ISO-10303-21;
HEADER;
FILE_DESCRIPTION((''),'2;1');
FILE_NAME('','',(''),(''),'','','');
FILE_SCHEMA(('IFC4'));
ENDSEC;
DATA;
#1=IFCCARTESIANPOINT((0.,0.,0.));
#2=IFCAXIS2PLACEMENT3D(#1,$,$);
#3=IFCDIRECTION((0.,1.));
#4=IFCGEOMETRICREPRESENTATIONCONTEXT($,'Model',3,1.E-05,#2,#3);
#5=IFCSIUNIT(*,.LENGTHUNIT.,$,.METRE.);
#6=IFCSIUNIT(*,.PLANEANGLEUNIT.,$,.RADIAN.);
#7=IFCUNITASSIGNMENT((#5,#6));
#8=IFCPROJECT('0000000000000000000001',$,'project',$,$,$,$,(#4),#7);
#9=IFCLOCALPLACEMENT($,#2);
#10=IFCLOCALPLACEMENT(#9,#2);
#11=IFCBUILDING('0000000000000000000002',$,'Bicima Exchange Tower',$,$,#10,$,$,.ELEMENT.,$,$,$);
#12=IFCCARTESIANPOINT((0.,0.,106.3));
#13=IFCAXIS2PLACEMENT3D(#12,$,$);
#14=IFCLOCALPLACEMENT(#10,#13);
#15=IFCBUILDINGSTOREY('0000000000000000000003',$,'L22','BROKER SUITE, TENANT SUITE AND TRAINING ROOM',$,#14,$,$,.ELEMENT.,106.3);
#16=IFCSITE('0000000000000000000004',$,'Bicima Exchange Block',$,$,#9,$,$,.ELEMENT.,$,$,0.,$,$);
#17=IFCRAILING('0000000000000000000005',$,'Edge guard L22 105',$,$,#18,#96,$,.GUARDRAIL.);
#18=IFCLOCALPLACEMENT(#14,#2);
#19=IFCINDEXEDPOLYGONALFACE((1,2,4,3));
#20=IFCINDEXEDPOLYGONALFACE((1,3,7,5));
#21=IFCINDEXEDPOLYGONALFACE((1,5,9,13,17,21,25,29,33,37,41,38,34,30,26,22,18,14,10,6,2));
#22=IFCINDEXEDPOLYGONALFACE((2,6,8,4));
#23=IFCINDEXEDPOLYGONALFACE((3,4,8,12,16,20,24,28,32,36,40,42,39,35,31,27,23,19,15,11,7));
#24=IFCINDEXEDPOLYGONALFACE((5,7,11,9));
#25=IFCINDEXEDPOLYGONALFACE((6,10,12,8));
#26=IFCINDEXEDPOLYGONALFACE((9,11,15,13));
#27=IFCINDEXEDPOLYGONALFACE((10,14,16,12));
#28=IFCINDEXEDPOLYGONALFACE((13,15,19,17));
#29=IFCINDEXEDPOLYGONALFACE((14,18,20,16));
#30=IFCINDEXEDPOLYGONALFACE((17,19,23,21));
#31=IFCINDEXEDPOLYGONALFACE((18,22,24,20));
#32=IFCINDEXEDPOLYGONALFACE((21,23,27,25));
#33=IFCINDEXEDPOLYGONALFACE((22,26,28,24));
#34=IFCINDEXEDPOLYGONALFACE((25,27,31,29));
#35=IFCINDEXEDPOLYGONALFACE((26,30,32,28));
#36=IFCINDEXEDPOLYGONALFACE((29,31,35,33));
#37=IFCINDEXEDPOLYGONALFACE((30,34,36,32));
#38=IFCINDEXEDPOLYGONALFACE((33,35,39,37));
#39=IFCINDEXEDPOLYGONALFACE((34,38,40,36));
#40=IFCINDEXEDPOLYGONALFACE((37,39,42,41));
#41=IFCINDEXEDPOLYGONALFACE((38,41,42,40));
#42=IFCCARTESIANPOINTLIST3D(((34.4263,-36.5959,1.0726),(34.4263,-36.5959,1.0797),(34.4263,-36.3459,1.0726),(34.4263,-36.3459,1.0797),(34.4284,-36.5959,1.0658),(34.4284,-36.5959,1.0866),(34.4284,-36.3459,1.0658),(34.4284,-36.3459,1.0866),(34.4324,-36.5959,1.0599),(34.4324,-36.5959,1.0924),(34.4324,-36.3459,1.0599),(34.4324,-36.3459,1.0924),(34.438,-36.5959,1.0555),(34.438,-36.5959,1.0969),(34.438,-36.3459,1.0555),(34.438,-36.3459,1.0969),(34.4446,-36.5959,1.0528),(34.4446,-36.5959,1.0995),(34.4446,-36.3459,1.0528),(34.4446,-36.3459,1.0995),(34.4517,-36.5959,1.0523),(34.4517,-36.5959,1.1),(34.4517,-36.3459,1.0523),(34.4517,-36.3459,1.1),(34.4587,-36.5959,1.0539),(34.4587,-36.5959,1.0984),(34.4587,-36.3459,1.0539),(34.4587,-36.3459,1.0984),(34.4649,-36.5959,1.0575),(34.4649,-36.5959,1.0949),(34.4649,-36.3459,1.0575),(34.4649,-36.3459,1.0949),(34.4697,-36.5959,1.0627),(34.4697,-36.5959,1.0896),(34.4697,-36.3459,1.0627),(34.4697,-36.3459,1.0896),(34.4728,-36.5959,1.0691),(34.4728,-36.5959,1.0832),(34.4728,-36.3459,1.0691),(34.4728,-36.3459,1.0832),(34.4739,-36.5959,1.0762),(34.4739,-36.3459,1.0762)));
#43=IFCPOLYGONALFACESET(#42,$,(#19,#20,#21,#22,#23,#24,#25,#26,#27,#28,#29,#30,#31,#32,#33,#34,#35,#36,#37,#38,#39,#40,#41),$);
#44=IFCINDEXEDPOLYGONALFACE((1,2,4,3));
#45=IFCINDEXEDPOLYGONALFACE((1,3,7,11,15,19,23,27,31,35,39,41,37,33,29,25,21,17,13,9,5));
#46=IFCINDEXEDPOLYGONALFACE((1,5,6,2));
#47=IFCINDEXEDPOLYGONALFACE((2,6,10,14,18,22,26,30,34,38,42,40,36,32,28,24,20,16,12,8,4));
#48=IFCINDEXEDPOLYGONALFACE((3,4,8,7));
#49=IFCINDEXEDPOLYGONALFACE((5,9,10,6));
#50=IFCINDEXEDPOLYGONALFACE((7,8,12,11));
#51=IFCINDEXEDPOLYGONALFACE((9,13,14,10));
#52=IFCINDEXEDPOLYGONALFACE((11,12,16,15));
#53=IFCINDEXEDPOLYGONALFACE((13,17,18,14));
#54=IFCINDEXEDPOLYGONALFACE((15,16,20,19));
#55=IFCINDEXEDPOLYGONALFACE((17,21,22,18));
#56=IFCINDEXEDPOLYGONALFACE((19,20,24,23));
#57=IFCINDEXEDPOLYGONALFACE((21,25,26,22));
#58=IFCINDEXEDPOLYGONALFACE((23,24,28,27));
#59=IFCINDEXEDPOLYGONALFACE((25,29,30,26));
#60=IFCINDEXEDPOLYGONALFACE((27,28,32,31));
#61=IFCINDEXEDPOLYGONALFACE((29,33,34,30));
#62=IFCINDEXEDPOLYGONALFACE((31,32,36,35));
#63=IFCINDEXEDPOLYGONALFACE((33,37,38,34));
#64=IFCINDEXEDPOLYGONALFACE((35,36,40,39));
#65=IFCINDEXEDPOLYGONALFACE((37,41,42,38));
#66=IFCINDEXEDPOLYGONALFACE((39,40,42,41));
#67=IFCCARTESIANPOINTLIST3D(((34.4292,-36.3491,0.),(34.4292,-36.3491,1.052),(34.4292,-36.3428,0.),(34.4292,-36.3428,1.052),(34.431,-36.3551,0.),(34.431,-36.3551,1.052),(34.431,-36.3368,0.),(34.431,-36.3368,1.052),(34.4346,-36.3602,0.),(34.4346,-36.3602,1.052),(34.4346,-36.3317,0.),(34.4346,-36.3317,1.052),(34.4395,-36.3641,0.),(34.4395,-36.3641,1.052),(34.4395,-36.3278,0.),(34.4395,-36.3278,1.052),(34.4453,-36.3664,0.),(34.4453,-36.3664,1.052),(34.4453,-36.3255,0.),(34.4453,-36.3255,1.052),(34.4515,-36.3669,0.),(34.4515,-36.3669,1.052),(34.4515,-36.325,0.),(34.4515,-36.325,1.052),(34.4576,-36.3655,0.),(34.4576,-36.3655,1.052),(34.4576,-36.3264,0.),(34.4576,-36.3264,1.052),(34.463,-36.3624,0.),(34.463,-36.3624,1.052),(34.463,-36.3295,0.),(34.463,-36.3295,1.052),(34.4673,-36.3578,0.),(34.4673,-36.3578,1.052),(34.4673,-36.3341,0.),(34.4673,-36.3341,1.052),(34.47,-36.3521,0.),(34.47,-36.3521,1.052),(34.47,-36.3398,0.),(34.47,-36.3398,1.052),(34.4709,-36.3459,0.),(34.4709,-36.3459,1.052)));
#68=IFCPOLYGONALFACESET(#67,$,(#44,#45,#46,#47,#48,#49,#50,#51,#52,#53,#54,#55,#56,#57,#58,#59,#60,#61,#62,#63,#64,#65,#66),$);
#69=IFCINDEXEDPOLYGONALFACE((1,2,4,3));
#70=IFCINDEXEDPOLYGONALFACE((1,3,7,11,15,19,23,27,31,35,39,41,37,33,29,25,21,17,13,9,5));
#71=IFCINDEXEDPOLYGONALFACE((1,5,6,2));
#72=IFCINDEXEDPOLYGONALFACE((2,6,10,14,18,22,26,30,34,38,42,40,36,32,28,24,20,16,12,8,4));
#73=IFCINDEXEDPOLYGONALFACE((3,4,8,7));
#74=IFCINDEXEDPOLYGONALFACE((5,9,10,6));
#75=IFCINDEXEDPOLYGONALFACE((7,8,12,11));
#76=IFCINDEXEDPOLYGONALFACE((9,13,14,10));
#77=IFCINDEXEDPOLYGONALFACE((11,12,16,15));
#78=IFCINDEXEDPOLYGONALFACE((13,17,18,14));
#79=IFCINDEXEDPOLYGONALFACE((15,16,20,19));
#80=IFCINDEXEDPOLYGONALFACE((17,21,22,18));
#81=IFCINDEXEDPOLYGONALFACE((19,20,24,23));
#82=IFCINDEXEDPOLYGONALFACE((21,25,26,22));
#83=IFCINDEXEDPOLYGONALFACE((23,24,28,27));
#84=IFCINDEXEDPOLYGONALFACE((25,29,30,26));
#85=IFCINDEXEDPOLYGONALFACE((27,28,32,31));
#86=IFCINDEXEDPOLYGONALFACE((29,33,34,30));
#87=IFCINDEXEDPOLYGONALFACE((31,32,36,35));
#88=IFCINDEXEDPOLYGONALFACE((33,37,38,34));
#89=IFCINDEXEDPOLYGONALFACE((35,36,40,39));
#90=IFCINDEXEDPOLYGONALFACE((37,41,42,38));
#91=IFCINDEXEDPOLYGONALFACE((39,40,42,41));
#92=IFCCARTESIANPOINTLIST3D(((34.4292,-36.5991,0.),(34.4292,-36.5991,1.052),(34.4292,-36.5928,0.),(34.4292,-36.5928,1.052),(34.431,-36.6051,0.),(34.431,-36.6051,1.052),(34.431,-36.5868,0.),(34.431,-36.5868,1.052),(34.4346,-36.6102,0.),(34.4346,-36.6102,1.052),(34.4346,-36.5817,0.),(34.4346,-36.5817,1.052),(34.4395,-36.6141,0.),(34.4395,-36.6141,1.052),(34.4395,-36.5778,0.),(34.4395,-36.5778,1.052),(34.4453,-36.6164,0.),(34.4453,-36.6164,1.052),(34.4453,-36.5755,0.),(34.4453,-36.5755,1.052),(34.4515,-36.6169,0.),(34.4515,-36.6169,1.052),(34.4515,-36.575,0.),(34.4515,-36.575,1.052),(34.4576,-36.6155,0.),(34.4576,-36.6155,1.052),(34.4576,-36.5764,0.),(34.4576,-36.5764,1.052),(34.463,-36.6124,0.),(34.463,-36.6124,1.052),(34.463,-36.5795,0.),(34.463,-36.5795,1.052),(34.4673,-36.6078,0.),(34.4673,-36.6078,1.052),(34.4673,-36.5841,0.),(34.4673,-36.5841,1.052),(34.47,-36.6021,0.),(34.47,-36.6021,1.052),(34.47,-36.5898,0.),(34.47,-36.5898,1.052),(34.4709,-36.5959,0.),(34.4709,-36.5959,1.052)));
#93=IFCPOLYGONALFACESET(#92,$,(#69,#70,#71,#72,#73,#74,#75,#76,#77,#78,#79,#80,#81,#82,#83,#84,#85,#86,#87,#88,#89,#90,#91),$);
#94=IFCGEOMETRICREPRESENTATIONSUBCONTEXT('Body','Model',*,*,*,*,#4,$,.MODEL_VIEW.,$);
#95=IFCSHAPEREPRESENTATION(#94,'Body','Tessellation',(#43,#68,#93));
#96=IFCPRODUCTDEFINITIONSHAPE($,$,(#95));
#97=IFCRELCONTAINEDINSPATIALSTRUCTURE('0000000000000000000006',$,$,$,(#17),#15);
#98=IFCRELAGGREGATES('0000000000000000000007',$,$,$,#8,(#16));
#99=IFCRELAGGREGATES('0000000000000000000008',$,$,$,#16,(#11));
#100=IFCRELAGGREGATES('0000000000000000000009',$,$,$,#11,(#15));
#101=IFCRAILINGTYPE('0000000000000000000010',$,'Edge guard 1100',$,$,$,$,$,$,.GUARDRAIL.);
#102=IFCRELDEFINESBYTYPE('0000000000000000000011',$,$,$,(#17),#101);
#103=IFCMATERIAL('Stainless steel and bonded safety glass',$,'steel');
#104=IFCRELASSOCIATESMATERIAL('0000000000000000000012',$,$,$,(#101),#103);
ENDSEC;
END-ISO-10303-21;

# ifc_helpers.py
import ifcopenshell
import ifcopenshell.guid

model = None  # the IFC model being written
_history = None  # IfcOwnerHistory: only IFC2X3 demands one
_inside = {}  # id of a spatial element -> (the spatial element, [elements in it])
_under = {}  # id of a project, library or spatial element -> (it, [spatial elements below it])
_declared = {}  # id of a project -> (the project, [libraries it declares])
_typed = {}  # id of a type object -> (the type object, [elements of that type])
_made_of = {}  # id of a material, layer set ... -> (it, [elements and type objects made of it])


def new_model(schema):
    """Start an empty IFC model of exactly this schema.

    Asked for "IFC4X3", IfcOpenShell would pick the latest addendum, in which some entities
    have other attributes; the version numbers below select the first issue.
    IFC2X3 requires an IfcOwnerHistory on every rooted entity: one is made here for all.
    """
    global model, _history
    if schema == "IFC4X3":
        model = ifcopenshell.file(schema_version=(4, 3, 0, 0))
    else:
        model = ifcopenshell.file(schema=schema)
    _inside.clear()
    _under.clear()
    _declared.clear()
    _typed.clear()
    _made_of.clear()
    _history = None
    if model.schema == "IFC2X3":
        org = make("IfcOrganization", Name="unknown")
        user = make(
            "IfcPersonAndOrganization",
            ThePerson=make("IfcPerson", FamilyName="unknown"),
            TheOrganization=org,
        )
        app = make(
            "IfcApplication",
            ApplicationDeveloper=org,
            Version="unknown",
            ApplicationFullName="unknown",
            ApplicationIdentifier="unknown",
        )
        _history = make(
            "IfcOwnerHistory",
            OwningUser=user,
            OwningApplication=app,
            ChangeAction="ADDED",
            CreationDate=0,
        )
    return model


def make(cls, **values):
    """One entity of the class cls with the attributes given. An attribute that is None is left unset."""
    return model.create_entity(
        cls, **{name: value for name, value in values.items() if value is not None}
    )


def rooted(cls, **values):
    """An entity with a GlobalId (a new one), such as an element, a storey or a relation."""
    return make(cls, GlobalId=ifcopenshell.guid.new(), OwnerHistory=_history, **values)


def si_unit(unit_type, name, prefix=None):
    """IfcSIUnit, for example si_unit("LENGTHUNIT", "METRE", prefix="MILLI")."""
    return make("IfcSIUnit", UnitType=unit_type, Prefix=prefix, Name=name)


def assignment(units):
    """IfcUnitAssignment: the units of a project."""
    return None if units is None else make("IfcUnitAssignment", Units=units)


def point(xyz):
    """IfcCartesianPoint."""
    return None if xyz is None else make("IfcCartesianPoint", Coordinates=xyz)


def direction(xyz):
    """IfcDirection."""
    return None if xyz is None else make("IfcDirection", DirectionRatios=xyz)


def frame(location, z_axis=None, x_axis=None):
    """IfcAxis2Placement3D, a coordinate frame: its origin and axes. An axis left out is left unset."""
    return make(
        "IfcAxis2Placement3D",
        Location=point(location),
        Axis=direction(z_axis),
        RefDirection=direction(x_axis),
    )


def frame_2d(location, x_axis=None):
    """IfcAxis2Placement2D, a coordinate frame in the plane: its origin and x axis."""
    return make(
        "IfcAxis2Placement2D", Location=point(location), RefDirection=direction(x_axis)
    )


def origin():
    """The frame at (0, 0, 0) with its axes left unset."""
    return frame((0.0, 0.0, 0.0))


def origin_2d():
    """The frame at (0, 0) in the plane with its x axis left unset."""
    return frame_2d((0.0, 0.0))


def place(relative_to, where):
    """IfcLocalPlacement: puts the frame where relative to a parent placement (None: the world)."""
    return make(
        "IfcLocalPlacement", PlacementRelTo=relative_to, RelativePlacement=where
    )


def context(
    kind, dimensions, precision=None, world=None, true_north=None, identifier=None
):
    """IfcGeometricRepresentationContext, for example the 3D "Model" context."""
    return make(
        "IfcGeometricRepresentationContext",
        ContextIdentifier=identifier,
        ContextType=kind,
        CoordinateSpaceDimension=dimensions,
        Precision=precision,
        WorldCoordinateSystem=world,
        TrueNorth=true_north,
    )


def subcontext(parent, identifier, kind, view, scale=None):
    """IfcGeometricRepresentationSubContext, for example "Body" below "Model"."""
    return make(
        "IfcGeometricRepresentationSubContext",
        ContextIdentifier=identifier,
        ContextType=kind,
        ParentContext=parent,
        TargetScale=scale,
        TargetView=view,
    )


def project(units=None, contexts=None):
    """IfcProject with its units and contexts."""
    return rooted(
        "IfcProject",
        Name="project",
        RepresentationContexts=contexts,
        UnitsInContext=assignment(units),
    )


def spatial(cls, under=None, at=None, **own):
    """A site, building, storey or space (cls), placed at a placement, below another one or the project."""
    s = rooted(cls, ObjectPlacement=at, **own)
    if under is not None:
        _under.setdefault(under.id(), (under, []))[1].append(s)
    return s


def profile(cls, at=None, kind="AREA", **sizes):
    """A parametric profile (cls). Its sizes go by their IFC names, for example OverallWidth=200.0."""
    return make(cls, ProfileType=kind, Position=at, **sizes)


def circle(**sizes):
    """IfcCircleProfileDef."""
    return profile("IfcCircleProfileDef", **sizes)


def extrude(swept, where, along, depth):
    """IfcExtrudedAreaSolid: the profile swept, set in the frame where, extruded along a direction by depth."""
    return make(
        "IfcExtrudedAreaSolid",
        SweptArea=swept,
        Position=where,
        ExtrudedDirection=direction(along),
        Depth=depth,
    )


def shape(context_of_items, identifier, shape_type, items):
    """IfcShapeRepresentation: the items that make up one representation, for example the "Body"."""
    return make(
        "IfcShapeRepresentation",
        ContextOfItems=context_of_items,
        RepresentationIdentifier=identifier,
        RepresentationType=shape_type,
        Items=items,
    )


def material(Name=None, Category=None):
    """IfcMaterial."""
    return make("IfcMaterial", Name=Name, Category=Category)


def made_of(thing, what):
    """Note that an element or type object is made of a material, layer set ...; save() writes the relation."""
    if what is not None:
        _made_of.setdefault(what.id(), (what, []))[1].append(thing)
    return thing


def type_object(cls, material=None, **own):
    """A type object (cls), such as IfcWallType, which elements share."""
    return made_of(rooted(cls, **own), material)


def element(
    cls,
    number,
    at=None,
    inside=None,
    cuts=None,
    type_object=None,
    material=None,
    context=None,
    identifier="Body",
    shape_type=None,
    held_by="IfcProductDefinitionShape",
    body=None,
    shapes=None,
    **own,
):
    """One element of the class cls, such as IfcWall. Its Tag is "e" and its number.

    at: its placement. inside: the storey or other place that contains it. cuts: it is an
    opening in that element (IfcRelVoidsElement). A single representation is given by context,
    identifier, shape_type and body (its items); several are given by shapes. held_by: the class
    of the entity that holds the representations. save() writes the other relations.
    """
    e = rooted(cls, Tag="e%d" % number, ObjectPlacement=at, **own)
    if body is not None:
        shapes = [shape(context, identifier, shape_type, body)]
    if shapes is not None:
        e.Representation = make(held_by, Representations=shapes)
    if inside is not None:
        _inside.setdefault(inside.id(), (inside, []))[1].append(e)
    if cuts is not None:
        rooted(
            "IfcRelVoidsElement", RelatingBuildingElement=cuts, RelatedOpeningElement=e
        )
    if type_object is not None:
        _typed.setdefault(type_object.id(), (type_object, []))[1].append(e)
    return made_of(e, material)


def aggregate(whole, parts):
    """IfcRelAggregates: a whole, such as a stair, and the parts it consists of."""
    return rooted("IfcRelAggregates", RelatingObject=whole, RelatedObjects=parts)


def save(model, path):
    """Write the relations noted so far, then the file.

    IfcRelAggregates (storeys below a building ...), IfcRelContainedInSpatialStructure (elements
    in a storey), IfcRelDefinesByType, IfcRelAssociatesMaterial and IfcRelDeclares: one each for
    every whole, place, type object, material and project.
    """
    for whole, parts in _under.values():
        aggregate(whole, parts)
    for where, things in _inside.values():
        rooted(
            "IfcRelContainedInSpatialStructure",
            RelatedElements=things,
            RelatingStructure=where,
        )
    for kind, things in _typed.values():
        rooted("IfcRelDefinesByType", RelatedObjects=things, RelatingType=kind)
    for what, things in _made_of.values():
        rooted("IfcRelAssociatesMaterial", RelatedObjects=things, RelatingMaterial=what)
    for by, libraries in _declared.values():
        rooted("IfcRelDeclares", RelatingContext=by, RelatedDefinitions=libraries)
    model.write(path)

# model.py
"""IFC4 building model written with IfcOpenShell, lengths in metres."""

from ifc_helpers import new_model, si_unit, direction, frame, origin, origin_2d, place, context, subcontext, project, spatial, circle, extrude, material, type_object, element, save


model = new_model("IFC4")

# Units and contexts
model_context = context("Model", 3, precision=1e-05, world=origin(), true_north=direction((0.0, 1.0)))
body_context = subcontext(model_context, "Body", "Model", "MODEL_VIEW")
ifc_project = project(units=[si_unit("LENGTHUNIT", "METRE"), si_unit("PLANEANGLEUNIT", "RADIAN")], contexts=[model_context])

# Site, building, storey
site_placement = place(None, origin())
site = spatial("IfcSite", under=ifc_project, at=site_placement, Name="Bicima Exchange Block", CompositionType="ELEMENT", RefElevation=0.0)
building_placement = place(site_placement, origin())
building = spatial("IfcBuilding", under=site, at=building_placement, Name="Bicima Exchange Tower", CompositionType="ELEMENT")
storey_placement = place(building_placement, frame((0.0, 0.0, 106.3)))
storey = spatial("IfcBuildingStorey", under=building, at=storey_placement, Name="L22", Description="BROKER SUITE, TENANT SUITE AND TRAINING ROOM", CompositionType="ELEMENT", Elevation=106.3)

# Railing
ifc_material_1 = material(Name="Stainless steel and bonded safety glass", Category="steel")
railing_type = type_object("IfcRailingType", Name="Edge guard 1100", PredefinedType="GUARDRAIL", material=ifc_material_1)
railing_1_placement = place(storey_placement, frame((34.45, -36.3459, 0.0)))
element("IfcRailing", 1, at=railing_1_placement, inside=storey, type_object=railing_type, Name="Edge guard L22 105", PredefinedType="GUARDRAIL", context=body_context, shape_type="SweptSolid", body=[
    extrude(circle(Radius=0.0239, at=origin_2d()), frame((0.0, 0.0, 1.0762), z_axis=(0.0, -1.0, 0.0), x_axis=(1.0, 0.0, 0.0)), (0.0, 0.0, 1.0), 0.25),
    extrude(circle(Radius=0.021, at=origin_2d()), origin(), (0.0, 0.0, 1.0), 1.052),
    extrude(circle(Radius=0.021, at=origin_2d()), frame((0.0, -0.25, 0.0)), (0.0, 0.0, 1.0), 1.052),
])

save(model, "model.ifc")
